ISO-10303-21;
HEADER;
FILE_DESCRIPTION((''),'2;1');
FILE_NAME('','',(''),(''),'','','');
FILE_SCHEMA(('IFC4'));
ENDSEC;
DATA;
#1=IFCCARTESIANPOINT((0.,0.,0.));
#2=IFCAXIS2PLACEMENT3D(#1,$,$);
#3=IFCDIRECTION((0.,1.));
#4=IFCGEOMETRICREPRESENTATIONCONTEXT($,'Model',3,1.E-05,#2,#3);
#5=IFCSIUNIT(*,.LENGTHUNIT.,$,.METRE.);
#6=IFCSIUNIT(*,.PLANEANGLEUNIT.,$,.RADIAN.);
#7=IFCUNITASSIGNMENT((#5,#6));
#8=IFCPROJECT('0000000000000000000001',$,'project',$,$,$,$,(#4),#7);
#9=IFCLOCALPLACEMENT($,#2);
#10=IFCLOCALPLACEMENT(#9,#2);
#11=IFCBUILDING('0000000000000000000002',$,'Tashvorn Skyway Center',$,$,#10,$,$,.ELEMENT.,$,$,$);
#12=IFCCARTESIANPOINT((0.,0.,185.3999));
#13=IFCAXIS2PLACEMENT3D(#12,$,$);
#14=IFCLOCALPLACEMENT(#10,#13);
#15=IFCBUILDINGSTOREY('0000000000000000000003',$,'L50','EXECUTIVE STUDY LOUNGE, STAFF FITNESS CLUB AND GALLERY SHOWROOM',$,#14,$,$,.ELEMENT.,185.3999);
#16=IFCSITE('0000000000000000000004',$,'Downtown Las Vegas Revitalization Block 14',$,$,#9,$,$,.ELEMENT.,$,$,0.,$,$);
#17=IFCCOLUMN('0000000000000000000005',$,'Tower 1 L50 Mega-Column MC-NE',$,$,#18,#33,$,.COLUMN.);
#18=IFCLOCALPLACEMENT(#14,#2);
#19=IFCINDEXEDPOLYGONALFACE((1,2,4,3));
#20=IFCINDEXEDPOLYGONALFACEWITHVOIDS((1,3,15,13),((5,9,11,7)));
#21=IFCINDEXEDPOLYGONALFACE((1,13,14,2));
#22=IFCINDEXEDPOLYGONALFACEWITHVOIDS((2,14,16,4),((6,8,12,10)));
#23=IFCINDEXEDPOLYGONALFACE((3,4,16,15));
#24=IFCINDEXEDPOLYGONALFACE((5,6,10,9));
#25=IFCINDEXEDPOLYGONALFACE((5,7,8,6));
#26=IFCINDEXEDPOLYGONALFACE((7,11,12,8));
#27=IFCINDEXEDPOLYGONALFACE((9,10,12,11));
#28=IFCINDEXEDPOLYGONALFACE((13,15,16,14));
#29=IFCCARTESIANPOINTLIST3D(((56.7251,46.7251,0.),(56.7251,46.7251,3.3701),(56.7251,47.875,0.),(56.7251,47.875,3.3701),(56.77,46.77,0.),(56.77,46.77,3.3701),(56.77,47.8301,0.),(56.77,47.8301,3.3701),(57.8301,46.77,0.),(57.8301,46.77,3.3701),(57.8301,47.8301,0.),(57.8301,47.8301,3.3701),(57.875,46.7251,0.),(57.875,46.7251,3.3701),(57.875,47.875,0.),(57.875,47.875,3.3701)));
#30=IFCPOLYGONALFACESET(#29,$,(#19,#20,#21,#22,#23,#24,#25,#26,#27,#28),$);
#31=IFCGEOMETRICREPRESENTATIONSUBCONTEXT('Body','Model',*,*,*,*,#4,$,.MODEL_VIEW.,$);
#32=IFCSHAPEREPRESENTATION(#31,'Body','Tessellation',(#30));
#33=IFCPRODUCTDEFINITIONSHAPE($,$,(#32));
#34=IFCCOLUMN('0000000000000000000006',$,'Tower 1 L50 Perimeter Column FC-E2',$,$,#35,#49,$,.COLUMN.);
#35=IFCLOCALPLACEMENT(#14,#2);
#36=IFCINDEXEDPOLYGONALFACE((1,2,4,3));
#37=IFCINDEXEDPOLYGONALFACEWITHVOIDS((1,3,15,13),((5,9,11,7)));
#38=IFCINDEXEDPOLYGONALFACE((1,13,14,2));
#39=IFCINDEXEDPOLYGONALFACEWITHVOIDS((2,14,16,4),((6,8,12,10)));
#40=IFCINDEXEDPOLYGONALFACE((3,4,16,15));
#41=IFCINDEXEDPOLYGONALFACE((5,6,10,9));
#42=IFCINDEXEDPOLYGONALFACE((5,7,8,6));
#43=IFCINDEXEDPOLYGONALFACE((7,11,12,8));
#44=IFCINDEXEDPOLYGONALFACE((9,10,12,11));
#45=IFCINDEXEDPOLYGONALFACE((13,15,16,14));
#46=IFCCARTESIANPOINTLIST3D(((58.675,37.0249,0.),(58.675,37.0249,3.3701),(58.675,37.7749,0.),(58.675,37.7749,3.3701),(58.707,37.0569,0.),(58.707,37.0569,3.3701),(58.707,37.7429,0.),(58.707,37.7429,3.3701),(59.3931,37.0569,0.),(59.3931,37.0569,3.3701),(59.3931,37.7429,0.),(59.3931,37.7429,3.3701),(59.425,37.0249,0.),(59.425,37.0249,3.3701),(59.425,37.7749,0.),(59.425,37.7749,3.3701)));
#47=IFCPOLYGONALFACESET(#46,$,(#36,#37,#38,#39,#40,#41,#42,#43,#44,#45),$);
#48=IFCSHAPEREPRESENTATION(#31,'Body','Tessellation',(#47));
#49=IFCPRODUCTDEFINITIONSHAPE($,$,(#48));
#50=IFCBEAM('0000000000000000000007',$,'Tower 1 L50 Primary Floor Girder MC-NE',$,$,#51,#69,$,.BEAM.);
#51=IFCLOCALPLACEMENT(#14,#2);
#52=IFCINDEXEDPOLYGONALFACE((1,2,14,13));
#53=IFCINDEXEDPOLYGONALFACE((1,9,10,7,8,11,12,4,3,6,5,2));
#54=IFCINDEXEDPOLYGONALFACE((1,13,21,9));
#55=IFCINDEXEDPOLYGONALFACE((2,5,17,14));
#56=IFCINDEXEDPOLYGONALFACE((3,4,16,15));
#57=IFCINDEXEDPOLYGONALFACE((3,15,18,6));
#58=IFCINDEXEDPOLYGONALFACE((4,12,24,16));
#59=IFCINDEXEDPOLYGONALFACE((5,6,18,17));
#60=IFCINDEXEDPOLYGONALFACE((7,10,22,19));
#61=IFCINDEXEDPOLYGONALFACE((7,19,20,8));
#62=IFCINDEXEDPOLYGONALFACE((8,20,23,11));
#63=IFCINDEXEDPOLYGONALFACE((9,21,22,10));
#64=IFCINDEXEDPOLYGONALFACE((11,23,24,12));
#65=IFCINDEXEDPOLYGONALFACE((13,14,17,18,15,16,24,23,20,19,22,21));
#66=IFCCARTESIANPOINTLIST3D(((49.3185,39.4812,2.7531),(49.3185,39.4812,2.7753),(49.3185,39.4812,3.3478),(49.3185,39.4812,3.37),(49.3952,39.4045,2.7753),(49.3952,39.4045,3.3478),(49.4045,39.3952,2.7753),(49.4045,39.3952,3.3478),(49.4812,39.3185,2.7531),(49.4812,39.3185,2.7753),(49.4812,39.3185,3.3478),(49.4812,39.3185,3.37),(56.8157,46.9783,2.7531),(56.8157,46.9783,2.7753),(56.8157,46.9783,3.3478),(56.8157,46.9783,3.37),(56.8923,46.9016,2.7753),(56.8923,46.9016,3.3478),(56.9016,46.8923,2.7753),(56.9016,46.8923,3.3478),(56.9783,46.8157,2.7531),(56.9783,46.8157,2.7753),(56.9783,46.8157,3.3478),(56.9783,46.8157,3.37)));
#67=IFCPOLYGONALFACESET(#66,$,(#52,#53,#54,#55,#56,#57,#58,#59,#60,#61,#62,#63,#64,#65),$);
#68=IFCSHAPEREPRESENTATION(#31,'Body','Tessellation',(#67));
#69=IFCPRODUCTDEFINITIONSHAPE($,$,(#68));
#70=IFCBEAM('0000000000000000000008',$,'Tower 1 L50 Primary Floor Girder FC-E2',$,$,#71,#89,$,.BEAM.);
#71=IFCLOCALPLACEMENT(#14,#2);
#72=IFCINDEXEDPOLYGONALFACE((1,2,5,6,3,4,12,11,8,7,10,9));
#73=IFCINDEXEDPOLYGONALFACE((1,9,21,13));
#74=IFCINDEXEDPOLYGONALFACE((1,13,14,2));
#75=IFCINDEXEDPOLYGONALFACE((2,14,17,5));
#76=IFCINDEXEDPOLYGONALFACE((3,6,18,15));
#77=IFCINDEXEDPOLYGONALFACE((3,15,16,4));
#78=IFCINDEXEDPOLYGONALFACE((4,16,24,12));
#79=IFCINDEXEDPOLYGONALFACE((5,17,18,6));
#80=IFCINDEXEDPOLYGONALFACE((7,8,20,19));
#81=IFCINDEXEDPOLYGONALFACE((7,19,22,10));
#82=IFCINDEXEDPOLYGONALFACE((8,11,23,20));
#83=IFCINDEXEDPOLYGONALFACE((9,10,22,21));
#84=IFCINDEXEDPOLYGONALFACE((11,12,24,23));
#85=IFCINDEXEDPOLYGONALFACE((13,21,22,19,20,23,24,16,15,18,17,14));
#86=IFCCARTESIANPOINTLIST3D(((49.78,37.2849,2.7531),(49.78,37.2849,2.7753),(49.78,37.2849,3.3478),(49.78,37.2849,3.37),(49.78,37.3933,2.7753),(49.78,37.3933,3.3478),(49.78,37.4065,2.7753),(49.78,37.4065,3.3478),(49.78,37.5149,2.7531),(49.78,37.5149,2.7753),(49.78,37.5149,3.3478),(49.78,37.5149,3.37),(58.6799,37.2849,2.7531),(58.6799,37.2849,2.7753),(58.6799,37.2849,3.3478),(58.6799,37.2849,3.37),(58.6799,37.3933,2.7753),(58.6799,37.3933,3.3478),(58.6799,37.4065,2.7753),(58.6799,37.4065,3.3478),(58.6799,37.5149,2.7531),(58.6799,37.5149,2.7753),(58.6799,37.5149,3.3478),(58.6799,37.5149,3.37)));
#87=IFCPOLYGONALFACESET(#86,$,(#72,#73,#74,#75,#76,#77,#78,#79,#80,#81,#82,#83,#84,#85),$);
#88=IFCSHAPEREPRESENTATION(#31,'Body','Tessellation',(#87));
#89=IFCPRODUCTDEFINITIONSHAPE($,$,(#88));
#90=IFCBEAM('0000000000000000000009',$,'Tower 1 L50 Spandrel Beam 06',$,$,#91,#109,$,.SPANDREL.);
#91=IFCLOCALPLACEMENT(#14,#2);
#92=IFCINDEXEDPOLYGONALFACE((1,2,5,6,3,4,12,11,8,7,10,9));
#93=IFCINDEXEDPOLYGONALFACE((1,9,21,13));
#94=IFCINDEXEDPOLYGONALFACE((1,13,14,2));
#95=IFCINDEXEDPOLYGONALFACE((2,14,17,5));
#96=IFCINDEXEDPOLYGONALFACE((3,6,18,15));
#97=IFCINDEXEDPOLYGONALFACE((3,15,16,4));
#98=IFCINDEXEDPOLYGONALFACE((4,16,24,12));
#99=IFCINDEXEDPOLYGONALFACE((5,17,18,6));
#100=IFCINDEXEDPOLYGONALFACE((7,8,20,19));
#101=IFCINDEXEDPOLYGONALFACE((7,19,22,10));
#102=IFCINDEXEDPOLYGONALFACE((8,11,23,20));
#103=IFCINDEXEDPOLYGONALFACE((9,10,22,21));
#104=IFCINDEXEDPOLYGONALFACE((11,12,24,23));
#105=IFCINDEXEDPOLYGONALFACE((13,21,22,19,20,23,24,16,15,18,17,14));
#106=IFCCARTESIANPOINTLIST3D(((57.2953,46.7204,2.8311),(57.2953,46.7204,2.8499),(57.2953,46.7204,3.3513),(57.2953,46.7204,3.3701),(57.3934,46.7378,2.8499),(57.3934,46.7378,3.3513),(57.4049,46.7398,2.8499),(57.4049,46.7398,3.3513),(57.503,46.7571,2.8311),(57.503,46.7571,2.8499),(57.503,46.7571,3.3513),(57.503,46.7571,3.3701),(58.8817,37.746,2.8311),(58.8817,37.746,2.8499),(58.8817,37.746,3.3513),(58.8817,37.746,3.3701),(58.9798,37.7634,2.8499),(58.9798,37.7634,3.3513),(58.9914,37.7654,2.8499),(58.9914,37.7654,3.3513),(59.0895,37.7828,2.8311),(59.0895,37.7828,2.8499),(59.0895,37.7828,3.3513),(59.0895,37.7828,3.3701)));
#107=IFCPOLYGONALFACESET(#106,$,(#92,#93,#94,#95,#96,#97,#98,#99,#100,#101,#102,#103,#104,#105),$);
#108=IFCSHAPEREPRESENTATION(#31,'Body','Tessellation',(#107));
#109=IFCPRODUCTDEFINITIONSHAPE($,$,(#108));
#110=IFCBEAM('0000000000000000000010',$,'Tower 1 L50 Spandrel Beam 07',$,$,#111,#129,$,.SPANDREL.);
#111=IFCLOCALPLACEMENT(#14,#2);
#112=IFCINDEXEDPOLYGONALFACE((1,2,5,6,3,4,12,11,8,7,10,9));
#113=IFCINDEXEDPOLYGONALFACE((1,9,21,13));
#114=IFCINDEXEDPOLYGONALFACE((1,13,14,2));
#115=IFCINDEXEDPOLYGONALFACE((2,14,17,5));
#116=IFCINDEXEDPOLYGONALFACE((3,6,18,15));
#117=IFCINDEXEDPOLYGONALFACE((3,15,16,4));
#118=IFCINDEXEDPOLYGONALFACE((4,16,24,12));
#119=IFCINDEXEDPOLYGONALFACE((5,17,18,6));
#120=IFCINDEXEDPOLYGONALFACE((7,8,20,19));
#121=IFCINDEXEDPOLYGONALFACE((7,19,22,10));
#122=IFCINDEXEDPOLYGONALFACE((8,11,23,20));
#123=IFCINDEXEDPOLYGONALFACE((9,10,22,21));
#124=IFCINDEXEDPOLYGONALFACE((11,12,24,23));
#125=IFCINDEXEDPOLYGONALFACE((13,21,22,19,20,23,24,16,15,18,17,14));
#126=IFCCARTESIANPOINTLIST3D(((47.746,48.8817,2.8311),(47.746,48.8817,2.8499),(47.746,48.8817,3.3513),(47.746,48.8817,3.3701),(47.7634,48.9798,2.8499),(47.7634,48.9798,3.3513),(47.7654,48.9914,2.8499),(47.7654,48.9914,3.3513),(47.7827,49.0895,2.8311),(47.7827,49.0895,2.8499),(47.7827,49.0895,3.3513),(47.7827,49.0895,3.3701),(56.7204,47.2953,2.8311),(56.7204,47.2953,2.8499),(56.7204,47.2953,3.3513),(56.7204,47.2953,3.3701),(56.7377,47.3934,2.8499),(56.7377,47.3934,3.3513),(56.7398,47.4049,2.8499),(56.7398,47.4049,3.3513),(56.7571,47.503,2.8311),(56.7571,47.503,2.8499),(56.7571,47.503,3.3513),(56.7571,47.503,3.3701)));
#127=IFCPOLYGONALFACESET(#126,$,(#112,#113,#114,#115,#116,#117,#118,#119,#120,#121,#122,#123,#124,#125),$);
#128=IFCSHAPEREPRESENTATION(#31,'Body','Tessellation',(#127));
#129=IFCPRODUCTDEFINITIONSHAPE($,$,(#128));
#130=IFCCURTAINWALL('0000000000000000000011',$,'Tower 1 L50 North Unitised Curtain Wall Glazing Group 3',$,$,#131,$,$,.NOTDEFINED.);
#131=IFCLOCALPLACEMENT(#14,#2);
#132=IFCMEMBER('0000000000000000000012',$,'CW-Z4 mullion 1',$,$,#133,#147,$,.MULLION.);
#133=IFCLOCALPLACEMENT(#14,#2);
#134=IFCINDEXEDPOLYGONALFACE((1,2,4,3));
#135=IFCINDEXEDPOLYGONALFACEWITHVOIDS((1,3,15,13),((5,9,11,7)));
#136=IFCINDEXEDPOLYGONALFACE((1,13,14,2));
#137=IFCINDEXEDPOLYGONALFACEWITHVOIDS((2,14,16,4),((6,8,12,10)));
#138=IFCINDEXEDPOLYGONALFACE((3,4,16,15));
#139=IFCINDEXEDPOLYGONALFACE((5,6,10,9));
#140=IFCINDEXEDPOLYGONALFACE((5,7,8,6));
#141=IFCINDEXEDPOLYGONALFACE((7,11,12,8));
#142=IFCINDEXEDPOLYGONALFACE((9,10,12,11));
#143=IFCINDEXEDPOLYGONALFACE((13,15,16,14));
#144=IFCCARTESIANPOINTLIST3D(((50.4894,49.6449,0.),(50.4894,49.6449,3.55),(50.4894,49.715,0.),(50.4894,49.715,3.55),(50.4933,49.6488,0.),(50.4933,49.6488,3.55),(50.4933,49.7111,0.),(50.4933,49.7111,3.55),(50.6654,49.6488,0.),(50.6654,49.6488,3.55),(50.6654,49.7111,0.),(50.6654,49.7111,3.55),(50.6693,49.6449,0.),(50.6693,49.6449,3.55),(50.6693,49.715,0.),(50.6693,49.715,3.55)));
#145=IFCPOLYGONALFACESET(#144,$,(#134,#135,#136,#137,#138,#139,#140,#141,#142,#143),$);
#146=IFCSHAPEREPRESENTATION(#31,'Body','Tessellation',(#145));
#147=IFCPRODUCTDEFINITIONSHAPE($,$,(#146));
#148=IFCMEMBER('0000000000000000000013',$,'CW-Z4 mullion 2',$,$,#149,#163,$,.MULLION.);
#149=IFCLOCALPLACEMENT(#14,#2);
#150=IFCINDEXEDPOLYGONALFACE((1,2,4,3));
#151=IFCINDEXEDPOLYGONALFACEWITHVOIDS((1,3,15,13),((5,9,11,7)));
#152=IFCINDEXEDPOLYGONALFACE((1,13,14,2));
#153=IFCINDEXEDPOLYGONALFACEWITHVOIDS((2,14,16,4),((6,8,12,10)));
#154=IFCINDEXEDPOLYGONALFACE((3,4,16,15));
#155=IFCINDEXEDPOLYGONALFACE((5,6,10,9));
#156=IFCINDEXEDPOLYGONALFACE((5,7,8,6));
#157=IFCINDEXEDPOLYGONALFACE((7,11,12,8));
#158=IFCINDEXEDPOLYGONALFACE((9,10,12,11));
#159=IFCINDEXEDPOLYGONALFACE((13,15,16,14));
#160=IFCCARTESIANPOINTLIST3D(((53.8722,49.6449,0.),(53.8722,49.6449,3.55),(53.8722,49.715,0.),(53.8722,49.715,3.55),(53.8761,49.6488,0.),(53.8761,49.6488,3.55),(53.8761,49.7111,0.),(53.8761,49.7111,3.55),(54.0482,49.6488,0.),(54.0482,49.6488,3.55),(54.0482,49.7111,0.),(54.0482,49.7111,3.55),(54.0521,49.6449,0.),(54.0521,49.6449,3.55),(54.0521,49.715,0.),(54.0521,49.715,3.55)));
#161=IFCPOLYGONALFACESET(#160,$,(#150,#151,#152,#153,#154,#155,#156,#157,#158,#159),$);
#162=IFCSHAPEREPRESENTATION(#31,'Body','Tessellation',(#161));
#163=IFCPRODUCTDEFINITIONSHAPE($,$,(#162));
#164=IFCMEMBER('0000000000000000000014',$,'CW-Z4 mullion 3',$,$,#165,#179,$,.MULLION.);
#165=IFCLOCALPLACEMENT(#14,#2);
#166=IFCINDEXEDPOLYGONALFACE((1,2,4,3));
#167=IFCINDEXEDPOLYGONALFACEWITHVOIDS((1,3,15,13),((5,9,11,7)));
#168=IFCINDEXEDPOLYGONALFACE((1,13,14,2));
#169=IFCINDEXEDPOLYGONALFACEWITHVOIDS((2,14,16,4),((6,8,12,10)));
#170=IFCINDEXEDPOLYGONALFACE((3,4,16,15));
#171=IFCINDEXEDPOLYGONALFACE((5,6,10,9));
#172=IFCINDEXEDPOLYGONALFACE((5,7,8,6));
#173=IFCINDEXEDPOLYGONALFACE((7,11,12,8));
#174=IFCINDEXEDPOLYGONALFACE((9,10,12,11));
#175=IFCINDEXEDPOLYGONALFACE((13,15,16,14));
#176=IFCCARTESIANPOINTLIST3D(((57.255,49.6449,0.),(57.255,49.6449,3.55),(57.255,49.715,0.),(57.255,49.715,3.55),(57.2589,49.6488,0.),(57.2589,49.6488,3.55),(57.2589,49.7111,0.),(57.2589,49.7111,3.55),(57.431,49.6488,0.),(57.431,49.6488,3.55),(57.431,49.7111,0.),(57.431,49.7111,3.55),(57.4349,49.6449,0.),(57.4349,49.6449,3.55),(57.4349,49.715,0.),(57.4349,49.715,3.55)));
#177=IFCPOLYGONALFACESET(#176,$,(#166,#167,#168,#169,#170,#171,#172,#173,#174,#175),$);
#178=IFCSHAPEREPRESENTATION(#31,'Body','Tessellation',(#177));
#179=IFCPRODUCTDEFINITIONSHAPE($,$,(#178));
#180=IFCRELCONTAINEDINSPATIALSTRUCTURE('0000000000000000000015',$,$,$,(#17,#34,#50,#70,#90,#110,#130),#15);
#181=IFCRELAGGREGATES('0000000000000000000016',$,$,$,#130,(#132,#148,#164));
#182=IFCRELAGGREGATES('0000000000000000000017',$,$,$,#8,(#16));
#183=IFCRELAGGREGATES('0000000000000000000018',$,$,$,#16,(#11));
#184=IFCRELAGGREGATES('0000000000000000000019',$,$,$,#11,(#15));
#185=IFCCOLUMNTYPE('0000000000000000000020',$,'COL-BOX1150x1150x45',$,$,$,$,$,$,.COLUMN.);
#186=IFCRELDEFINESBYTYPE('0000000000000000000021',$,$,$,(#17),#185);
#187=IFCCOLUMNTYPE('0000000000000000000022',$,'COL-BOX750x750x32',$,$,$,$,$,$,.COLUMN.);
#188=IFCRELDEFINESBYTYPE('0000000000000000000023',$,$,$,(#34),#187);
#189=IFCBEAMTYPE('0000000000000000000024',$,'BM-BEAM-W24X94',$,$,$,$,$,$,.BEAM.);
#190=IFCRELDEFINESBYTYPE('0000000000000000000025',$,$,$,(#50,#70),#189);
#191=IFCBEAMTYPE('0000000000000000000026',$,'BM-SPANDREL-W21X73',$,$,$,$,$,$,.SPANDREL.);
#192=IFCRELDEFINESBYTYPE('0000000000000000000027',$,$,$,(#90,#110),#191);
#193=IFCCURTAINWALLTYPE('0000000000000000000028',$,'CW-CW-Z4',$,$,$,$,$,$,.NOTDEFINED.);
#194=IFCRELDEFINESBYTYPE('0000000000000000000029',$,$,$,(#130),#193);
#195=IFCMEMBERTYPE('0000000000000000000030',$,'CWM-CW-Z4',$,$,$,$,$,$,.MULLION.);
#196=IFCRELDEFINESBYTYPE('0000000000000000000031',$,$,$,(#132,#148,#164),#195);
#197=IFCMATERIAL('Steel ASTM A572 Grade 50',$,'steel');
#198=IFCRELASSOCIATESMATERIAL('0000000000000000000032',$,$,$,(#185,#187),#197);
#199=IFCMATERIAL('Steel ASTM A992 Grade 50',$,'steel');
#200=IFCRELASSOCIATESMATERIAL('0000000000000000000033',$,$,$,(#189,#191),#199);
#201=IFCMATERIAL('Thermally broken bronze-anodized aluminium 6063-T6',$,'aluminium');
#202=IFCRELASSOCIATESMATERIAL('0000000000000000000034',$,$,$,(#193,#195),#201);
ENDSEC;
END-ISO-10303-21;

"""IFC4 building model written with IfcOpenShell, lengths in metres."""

from ifc_helpers import new_model, si_unit, direction, frame, origin, origin_2d, place, context, subcontext, project, spatial, hollow_rectangle, i_section, extrude, material, material_profile, profile_set, type_object, element, aggregate, save


model = new_model("IFC4")

# Units and contexts
model_context = context("Model", 3, precision=1e-05, world=origin(), true_north=direction((0.0, 1.0)))
body_context = subcontext(model_context, "Body", "Model", "MODEL_VIEW")
ifc_project = project(units=[si_unit("LENGTHUNIT", "METRE"), si_unit("PLANEANGLEUNIT", "RADIAN")], contexts=[model_context])

# Site, building, storey
site_placement = place(None, origin())
site = spatial("IfcSite", under=ifc_project, at=site_placement, Name="Downtown Las Vegas Revitalization Block 14", CompositionType="ELEMENT", RefElevation=0.0)
building_placement = place(site_placement, origin())
building = spatial("IfcBuilding", under=site, at=building_placement, Name="Tashvorn Skyway Center", CompositionType="ELEMENT")
storey_placement = place(building_placement, frame((0.0, 0.0, 185.3999)))
storey = spatial("IfcBuildingStorey", under=building, at=storey_placement, Name="L50", Description="EXECUTIVE STUDY LOUNGE, STAFF FITNESS CLUB AND GALLERY SHOWROOM", CompositionType="ELEMENT", Elevation=185.3999)

# Columns
ifc_material_1 = material(Name="Steel ASTM A572 Grade 50", Category="steel")
ifc_material_profile_1 = material_profile(ifc_material_1, hollow_rectangle(XDim=1.1499, YDim=1.1499, WallThickness=0.0449, at=origin_2d()), Name="BOX1150x1150x45")
ifc_profile_set_1 = profile_set([ifc_material_profile_1], Name="Steel ASTM A572 Grade 50")
column_type_1 = type_object("IfcColumnType", Name="COL-BOX1150x1150x45", PredefinedType="COLUMN", material=ifc_profile_set_1)
column_1_placement = place(storey_placement, frame((57.3, 47.3, 0.0), z_axis=(0.0, 0.0, 1.0), x_axis=(1.0, 0.0, 0.0)))
element("IfcColumn", 1, at=column_1_placement, inside=storey, type_object=column_type_1, Name="Tower 1 L50 Mega-Column MC-NE", PredefinedType="COLUMN", context=body_context, shape_type="SweptSolid", body=[
    extrude(hollow_rectangle(XDim=1.1499, YDim=1.1499, WallThickness=0.0449, at=origin_2d()), origin(), (0.0, 0.0, 1.0), 3.3701),
])
ifc_material_profile_2 = material_profile(ifc_material_1, hollow_rectangle(XDim=0.75, YDim=0.75, WallThickness=0.032, at=origin_2d()), Name="BOX750x750x32")
ifc_profile_set_2 = profile_set([ifc_material_profile_2], Name="Steel ASTM A572 Grade 50")
column_type_2 = type_object("IfcColumnType", Name="COL-BOX750x750x32", PredefinedType="COLUMN", material=ifc_profile_set_2)
column_2_placement = place(storey_placement, frame((59.05, 37.3999, 0.0), z_axis=(0.0, 0.0, 1.0), x_axis=(1.0, 0.0, 0.0)))
element("IfcColumn", 2, at=column_2_placement, inside=storey, type_object=column_type_2, Name="Tower 1 L50 Perimeter Column FC-E2", PredefinedType="COLUMN", context=body_context, shape_type="SweptSolid", body=[
    extrude(hollow_rectangle(XDim=0.75, YDim=0.75, WallThickness=0.032, at=origin_2d()), origin(), (0.0, 0.0, 1.0), 3.3701),
])

# Beams
ifc_material_2 = material(Name="Steel ASTM A992 Grade 50", Category="steel")
ifc_material_profile_3 = material_profile(ifc_material_2, i_section(OverallWidth=0.23, OverallDepth=0.6169, WebThickness=0.0132, FlangeThickness=0.0222, at=origin_2d()), Name="W24X94")
ifc_profile_set_3 = profile_set([ifc_material_profile_3], Name="Steel ASTM A992 Grade 50")
beam_type_1 = type_object("IfcBeamType", Name="BM-BEAM-W24X94", PredefinedType="BEAM", material=ifc_profile_set_3)
beam_1_placement = place(storey_placement, frame((56.897, 46.897, 3.0615), z_axis=(-0.707107, -0.707107, 0.0), x_axis=(0.707107, -0.707107, 0.0)))
element("IfcBeam", 3, at=beam_1_placement, inside=storey, type_object=beam_type_1, Name="Tower 1 L50 Primary Floor Girder MC-NE", PredefinedType="BEAM", context=body_context, shape_type="SweptSolid", body=[
    extrude(i_section(OverallWidth=0.23, OverallDepth=0.6169, WebThickness=0.0132, FlangeThickness=0.0222, at=origin_2d()), origin(), (0.0, 0.0, 1.0), 10.6025),
])
beam_2_placement = place(storey_placement, frame((58.6799, 37.3999, 3.0615), z_axis=(-1.0, 0.0, 0.0), x_axis=(0.0, -1.0, 0.0)))
element("IfcBeam", 4, at=beam_2_placement, inside=storey, type_object=beam_type_1, Name="Tower 1 L50 Primary Floor Girder FC-E2", PredefinedType="BEAM", context=body_context, shape_type="SweptSolid", body=[
    extrude(i_section(OverallWidth=0.23, OverallDepth=0.6169, WebThickness=0.0132, FlangeThickness=0.0222, at=origin_2d()), origin(), (0.0, 0.0, 1.0), 8.8999),
])
ifc_material_profile_4 = material_profile(ifc_material_2, i_section(OverallWidth=0.2109, OverallDepth=0.5391, WebThickness=0.0117, FlangeThickness=0.0188, at=origin_2d()), Name="W21X73")
ifc_profile_set_4 = profile_set([ifc_material_profile_4], Name="Steel ASTM A992 Grade 50")
beam_type_2 = type_object("IfcBeamType", Name="BM-SPANDREL-W21X73", PredefinedType="SPANDREL", material=ifc_profile_set_4)
for number, where, z_axis, x_axis, name in (
    (5, (58.9856, 37.7644, 3.1006), (-0.174074, 0.984733, 0.0), (-0.984733, -0.174074, 0.0), "Tower 1 L50 Spandrel Beam 06"),
    (6, (56.7388, 47.3992, 3.1006), (-0.984733, 0.174074, 0.0), (-0.174074, -0.984733, 0.0), "Tower 1 L50 Spandrel Beam 07"),
):
    element("IfcBeam", number, at=place(storey_placement, frame(where, z_axis=z_axis, x_axis=x_axis)), inside=storey, type_object=beam_type_2, Name=name, PredefinedType="SPANDREL", context=body_context, shape_type="SweptSolid", body=[
        extrude(i_section(OverallWidth=0.2109, OverallDepth=0.5391, WebThickness=0.0117, FlangeThickness=0.0188, at=origin_2d()), origin(), (0.0, 0.0, 1.0), 9.1135),
    ])

# Curtain wall, members
ifc_material_3 = material(Name="Thermally broken bronze-anodized aluminium 6063-T6", Category="aluminium")
curtain_wall_type = type_object("IfcCurtainWallType", Name="CW-CW-Z4", PredefinedType="NOTDEFINED", material=ifc_material_3)
curtain_wall_1_placement = place(storey_placement, origin())
curtain_wall_1 = element("IfcCurtainWall", 7, at=curtain_wall_1_placement, inside=storey, type_object=curtain_wall_type, Name="Tower 1 L50 North Unitised Curtain Wall Glazing Group 3", PredefinedType="NOTDEFINED")
ifc_material_profile_5 = material_profile(ifc_material_3, hollow_rectangle(XDim=0.0701, YDim=0.1799, WallThickness=0.0039, at=origin_2d()), Name="ALU-MULL-70x180")
ifc_profile_set_5 = profile_set([ifc_material_profile_5], Name="Thermally broken bronze-anodized aluminium 6063-T6")
member_type_1 = type_object("IfcMemberType", Name="CWM-CW-Z4", PredefinedType="MULLION", material=ifc_profile_set_5)
member_1_placement = place(storey_placement, frame((50.5793, 49.6799, 0.0), z_axis=(0.0, 0.0, 1.0), x_axis=(0.0, 1.0, 0.0)))
member_1 = element("IfcMember", 8, at=member_1_placement, type_object=member_type_1, Name="CW-Z4 mullion 1", PredefinedType="MULLION", context=body_context, shape_type="SweptSolid", body=[
    extrude(hollow_rectangle(XDim=0.0701, YDim=0.1799, WallThickness=0.0039, at=origin_2d()), origin(), (0.0, 0.0, 1.0), 3.55),
])
member_2_placement = place(storey_placement, frame((53.9622, 49.6799, 0.0), z_axis=(0.0, 0.0, 1.0), x_axis=(0.0, 1.0, 0.0)))
member_2 = element("IfcMember", 9, at=member_2_placement, type_object=member_type_1, Name="CW-Z4 mullion 2", PredefinedType="MULLION", context=body_context, shape_type="SweptSolid", body=[
    extrude(hollow_rectangle(XDim=0.0701, YDim=0.1799, WallThickness=0.0039, at=origin_2d()), origin(), (0.0, 0.0, 1.0), 3.55),
])
member_3_placement = place(storey_placement, frame((57.345, 49.6799, 0.0), z_axis=(0.0, 0.0, 1.0), x_axis=(0.0, 1.0, 0.0)))
member_3 = element("IfcMember", 10, at=member_3_placement, type_object=member_type_1, Name="CW-Z4 mullion 3", PredefinedType="MULLION", context=body_context, shape_type="SweptSolid", body=[
    extrude(hollow_rectangle(XDim=0.0701, YDim=0.1799, WallThickness=0.0039, at=origin_2d()), origin(), (0.0, 0.0, 1.0), 3.55),
])

aggregate(curtain_wall_1, [member_1, member_2, member_3])

save(model, "model.ifc")
